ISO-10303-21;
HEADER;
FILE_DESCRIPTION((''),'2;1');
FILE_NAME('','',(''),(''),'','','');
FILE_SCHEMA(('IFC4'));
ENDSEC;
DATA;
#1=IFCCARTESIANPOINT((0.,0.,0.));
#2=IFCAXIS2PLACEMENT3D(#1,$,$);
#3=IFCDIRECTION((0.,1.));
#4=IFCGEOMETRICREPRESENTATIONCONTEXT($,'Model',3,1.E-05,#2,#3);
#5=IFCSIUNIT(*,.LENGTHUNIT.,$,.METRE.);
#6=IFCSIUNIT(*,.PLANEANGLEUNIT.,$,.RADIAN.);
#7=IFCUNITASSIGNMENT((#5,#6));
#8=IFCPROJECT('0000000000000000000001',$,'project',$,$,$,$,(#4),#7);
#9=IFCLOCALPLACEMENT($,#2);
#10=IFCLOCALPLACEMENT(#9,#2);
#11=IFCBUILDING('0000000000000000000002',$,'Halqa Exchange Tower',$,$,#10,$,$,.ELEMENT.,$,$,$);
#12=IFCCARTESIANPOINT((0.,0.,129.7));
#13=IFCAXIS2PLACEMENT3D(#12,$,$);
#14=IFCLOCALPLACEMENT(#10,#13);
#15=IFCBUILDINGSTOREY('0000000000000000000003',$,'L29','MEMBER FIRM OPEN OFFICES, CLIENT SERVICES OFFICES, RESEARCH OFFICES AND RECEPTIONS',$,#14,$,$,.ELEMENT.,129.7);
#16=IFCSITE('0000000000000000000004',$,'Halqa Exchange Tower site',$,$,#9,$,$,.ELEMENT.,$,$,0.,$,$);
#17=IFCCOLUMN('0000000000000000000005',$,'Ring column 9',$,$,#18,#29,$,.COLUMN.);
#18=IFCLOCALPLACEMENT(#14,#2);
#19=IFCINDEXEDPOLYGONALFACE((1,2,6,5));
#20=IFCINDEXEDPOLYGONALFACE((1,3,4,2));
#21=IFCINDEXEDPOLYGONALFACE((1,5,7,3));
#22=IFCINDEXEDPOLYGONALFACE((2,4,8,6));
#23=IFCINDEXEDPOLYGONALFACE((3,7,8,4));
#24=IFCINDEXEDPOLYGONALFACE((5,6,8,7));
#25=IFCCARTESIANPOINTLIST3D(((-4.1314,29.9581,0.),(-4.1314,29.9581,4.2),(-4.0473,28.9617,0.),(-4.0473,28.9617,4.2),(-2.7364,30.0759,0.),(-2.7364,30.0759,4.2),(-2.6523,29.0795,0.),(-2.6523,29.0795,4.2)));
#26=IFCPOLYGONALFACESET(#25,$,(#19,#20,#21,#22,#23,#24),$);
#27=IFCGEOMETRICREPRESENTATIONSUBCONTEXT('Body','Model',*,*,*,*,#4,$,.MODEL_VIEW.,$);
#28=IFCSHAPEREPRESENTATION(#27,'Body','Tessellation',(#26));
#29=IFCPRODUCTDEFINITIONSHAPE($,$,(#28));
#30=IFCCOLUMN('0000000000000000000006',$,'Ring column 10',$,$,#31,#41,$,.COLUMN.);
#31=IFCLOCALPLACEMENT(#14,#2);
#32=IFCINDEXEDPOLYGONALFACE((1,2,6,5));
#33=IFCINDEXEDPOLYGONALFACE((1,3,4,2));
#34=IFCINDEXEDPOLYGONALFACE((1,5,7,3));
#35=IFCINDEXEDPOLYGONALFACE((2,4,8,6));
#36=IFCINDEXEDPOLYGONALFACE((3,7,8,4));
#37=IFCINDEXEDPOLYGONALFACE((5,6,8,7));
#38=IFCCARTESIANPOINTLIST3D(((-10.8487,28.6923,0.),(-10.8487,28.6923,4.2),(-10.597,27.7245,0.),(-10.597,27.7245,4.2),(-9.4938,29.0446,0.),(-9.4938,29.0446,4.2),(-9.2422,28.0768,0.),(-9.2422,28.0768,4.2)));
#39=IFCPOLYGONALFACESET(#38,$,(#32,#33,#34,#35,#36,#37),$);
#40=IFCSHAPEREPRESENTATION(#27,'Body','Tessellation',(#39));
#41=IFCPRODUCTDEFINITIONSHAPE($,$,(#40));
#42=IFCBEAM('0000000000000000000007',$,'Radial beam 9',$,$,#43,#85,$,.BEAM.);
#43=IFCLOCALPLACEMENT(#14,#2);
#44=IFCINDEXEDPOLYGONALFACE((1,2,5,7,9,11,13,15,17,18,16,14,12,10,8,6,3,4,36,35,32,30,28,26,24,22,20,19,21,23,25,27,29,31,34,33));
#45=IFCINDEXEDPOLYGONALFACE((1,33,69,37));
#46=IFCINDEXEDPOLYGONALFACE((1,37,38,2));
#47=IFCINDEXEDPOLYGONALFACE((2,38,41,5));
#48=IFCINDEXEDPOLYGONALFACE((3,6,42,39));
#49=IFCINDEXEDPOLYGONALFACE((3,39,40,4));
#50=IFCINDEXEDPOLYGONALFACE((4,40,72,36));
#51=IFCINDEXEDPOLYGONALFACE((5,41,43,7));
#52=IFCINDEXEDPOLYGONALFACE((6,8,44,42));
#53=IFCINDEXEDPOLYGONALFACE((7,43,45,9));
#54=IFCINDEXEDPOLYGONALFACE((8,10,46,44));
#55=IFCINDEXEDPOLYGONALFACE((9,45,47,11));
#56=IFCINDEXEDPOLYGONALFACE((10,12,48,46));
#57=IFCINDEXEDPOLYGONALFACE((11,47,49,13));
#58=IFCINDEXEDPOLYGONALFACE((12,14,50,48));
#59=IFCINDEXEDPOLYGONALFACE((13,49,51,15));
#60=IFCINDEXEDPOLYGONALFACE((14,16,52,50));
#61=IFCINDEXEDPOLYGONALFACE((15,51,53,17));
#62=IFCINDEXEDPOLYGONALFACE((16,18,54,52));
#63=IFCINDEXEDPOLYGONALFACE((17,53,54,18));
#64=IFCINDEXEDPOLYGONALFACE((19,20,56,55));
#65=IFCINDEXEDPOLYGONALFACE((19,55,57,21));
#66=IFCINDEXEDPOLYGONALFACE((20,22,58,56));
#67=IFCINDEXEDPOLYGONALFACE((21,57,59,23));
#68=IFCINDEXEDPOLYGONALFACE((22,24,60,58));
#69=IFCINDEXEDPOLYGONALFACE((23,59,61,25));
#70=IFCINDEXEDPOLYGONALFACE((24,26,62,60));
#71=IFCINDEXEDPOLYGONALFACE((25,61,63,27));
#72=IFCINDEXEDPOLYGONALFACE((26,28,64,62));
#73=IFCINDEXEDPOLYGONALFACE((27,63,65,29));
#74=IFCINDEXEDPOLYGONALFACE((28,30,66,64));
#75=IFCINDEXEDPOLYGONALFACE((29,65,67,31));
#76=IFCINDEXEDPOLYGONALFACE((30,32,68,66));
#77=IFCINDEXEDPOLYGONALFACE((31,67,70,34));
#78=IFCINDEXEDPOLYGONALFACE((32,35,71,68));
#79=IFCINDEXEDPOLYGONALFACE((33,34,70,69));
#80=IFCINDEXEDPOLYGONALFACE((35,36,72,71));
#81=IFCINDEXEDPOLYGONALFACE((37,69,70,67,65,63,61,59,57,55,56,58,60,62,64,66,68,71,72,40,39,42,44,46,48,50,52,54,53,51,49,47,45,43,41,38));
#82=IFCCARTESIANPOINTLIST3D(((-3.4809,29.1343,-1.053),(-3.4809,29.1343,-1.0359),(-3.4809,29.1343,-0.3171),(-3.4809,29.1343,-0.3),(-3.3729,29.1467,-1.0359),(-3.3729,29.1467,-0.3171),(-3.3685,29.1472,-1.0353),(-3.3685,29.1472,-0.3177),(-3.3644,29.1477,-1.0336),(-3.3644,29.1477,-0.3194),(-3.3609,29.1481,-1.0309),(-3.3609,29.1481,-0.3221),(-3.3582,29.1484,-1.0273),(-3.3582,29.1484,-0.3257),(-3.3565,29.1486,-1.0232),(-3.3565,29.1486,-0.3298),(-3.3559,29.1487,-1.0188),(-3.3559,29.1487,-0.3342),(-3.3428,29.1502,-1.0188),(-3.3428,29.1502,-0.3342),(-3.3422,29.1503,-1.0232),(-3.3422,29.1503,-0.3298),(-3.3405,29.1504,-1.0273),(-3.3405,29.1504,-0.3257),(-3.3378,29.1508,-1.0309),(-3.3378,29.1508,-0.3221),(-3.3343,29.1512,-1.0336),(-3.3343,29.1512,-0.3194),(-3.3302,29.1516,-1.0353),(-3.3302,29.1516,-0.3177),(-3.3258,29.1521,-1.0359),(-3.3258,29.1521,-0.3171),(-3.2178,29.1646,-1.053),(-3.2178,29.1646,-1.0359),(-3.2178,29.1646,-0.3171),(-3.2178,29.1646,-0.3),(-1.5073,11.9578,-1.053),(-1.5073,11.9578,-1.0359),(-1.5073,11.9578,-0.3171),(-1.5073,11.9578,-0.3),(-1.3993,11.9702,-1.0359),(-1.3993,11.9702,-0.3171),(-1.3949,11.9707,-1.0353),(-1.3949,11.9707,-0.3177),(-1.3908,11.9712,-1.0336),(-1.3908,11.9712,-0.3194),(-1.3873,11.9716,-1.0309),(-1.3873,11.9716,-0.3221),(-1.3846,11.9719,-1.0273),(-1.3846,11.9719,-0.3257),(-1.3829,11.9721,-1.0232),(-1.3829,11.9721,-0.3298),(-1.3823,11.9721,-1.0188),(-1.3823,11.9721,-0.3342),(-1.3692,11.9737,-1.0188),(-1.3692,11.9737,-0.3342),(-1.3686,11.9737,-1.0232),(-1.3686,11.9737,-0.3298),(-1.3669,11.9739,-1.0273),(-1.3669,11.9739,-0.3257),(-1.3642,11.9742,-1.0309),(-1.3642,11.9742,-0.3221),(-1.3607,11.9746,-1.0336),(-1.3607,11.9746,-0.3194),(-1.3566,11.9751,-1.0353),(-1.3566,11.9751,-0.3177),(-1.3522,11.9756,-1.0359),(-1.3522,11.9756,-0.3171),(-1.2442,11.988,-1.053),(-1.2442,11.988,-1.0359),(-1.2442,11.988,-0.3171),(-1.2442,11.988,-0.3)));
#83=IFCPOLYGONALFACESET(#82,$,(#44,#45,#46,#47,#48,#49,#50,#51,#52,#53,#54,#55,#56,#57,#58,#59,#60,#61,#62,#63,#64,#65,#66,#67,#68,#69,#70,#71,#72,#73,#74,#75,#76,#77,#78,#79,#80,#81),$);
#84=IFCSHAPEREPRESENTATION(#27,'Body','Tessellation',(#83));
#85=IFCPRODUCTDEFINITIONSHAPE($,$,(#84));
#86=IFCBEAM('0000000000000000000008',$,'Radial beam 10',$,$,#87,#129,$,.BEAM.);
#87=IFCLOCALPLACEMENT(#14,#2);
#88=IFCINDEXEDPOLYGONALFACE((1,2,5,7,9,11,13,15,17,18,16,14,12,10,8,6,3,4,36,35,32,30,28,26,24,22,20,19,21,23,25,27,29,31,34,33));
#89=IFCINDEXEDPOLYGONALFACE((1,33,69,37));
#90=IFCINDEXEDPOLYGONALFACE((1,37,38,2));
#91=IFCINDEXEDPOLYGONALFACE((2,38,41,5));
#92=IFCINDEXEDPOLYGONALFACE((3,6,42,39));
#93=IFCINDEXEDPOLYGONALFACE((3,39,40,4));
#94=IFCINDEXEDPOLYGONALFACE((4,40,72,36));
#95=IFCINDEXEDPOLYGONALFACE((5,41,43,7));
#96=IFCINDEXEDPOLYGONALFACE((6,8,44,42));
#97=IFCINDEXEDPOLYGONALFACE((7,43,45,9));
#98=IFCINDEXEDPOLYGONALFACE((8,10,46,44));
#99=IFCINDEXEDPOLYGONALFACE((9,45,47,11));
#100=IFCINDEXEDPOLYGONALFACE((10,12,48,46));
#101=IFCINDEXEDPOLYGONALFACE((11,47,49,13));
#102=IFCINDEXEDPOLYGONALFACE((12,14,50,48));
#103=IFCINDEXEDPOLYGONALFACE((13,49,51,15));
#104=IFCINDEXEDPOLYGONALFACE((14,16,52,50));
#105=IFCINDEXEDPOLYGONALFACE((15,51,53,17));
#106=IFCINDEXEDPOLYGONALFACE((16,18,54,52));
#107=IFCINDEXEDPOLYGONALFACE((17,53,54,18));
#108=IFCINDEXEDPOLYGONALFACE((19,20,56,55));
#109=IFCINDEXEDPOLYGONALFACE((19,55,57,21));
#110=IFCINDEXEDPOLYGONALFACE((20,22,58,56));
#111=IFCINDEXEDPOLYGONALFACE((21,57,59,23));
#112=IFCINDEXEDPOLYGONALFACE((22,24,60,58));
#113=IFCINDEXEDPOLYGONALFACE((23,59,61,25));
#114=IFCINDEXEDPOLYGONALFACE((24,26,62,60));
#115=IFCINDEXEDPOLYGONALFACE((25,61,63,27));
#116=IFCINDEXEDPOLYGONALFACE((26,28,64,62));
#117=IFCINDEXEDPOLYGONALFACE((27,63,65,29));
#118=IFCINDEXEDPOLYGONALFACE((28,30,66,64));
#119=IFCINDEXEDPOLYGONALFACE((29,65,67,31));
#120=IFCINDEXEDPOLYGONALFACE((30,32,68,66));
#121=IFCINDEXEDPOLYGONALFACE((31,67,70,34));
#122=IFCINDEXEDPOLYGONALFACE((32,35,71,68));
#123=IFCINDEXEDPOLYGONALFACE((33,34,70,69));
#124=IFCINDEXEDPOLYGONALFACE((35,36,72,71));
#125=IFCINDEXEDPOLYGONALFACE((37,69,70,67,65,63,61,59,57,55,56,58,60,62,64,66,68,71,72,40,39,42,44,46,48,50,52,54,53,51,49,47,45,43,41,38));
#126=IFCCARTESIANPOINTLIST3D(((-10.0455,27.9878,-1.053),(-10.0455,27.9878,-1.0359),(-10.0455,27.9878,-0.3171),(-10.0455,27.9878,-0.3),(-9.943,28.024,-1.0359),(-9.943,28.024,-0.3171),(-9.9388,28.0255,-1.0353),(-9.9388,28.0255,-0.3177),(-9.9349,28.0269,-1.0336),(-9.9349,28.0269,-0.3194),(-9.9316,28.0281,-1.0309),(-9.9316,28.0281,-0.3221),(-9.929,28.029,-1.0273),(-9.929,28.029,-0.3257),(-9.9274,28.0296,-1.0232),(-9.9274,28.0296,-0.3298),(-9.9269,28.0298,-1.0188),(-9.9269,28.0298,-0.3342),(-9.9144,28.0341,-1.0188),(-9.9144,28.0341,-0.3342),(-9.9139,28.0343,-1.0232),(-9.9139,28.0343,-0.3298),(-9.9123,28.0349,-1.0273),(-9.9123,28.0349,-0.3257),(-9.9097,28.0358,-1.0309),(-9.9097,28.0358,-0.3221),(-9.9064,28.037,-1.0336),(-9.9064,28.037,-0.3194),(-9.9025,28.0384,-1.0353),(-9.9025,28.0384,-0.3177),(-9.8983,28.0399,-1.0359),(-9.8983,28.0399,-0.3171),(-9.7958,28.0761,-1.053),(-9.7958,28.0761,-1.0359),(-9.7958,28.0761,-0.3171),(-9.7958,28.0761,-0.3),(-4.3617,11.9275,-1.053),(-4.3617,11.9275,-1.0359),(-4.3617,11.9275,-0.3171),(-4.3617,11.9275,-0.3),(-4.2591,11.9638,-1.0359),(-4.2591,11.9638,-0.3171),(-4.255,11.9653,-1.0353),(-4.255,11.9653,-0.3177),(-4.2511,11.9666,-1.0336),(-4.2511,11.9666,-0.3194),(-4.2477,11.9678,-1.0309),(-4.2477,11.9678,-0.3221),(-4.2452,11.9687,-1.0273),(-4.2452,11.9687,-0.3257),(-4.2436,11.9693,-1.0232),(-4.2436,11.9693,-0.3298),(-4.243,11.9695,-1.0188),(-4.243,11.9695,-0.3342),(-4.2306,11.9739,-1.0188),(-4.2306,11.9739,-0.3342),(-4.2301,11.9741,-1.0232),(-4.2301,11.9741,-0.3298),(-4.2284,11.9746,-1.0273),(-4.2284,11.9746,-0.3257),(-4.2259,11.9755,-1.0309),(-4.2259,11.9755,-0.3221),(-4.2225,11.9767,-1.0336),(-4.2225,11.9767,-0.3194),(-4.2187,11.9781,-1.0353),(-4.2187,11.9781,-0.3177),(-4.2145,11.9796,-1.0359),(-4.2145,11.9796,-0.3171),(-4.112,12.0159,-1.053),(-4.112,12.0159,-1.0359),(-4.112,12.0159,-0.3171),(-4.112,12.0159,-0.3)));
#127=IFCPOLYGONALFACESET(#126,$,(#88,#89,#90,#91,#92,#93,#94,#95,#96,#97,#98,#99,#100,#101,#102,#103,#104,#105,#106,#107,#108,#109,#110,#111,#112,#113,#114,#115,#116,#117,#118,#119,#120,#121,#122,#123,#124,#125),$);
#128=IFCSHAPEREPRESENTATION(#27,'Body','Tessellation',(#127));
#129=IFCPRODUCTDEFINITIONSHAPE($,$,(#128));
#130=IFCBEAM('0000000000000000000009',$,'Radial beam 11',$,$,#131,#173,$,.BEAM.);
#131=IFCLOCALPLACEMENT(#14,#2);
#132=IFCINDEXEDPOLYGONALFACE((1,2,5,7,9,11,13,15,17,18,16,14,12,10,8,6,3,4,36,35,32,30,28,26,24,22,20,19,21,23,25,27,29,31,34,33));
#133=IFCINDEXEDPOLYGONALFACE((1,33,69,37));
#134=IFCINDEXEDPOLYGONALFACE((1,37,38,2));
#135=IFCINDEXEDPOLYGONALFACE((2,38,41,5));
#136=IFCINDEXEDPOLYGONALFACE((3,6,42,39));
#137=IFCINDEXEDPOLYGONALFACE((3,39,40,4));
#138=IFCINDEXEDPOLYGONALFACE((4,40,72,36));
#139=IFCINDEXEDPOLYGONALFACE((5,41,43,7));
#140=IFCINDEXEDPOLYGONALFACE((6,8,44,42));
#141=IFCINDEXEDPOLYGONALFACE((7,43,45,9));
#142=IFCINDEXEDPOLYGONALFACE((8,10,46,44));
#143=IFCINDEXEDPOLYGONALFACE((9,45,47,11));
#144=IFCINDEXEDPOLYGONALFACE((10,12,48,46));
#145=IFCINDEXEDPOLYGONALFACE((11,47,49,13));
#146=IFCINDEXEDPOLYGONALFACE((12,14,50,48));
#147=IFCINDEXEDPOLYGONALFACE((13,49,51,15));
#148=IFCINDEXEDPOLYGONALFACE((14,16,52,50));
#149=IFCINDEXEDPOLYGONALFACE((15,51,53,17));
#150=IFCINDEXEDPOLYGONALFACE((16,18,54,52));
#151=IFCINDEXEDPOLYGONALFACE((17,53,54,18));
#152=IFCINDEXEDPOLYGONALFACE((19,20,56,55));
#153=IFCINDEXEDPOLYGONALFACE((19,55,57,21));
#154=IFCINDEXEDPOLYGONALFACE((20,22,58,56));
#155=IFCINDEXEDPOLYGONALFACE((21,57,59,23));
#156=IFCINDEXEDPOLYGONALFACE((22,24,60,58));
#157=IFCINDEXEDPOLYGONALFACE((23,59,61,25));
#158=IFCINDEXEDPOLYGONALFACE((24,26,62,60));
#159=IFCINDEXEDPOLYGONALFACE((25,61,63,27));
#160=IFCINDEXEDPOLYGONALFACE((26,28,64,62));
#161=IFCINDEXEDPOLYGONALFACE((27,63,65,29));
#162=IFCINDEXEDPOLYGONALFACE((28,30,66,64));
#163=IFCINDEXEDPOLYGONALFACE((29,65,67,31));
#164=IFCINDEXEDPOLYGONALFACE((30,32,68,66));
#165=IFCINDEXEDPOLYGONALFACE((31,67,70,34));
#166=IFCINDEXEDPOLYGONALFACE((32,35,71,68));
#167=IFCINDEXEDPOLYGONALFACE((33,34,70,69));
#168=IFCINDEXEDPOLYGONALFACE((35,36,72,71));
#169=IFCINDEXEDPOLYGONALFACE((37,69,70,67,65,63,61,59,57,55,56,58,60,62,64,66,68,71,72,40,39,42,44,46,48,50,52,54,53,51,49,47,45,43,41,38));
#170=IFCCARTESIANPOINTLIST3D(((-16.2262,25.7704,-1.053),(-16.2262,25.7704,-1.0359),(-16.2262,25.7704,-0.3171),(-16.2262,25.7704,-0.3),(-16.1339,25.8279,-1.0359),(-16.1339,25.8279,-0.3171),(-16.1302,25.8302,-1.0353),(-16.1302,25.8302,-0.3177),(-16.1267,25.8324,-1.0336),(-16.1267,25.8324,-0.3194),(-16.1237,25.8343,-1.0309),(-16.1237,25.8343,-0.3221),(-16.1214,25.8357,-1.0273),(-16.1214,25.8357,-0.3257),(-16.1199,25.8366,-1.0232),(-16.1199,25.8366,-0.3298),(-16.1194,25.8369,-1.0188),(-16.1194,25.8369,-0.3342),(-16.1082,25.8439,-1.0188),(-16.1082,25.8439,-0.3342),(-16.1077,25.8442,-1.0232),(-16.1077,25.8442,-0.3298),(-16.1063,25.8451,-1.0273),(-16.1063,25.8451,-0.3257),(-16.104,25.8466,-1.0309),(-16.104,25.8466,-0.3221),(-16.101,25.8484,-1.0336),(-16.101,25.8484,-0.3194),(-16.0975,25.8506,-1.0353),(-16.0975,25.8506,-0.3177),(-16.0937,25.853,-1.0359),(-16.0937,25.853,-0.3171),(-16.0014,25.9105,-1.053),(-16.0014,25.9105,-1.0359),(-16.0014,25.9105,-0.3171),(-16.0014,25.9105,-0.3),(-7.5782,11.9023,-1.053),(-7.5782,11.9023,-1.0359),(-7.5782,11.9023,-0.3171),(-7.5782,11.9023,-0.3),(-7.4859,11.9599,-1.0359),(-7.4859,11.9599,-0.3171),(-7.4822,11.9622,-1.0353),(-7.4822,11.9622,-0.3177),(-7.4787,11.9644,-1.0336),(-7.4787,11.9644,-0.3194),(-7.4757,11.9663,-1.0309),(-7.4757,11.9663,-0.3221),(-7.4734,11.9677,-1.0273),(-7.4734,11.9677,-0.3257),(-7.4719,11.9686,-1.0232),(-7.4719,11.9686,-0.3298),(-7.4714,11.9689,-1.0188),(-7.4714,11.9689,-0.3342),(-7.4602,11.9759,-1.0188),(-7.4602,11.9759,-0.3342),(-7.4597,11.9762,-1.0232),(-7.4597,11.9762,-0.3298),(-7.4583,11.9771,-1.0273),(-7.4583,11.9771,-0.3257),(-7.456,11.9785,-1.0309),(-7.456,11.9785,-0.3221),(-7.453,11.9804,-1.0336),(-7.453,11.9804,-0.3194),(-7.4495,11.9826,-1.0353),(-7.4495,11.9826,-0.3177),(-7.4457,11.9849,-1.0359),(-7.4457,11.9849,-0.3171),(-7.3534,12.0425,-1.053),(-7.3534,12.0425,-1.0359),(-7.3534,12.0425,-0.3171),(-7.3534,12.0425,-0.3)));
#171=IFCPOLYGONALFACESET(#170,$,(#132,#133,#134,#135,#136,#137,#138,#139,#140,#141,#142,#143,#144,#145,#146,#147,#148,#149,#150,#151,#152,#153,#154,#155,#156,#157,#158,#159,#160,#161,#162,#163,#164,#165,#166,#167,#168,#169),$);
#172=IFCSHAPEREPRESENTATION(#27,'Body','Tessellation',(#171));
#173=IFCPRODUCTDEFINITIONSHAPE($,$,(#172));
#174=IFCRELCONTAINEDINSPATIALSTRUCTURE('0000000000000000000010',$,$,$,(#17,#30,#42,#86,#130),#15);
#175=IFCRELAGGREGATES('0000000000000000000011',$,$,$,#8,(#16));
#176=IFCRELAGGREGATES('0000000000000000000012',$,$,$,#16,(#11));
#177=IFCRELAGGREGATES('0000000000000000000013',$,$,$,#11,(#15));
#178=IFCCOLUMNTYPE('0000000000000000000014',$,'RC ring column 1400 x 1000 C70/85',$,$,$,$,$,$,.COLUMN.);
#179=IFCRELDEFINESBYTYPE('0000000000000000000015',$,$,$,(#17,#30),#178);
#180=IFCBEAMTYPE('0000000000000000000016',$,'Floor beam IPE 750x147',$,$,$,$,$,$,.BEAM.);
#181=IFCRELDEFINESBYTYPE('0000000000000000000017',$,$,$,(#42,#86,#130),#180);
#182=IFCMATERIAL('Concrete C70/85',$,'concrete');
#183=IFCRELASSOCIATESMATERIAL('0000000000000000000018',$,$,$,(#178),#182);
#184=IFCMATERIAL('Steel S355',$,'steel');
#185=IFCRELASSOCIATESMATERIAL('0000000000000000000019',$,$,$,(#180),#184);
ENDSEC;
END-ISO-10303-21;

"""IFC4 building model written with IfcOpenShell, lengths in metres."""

from ifc_helpers import new_model, si_unit, direction, frame, origin, origin_2d, place, context, subcontext, project, spatial, rectangle, i_section, extrude, material, material_profile, profile_set, type_object, element, save


model = new_model("IFC4")

# Units and contexts
model_context = context("Model", 3, precision=1e-05, world=origin(), true_north=direction((0.0, 1.0)))
body_context = subcontext(model_context, "Body", "Model", "MODEL_VIEW")
ifc_project = project(units=[si_unit("LENGTHUNIT", "METRE"), si_unit("PLANEANGLEUNIT", "RADIAN")], contexts=[model_context])

# Site, building, storey
site_placement = place(None, origin())
site = spatial("IfcSite", under=ifc_project, at=site_placement, Name="Halqa Exchange Tower site", CompositionType="ELEMENT", RefElevation=0.0)
building_placement = place(site_placement, origin())
building = spatial("IfcBuilding", under=site, at=building_placement, Name="Halqa Exchange Tower", CompositionType="ELEMENT")
storey_placement = place(building_placement, frame((0.0, 0.0, 129.7)))
storey = spatial("IfcBuildingStorey", under=building, at=storey_placement, Name="L29", Description="MEMBER FIRM OPEN OFFICES, CLIENT SERVICES OFFICES, RESEARCH OFFICES AND RECEPTIONS", CompositionType="ELEMENT", Elevation=129.7)

# Columns
ifc_material_1 = material(Name="Concrete C70/85", Category="concrete")
ifc_material_profile_1 = material_profile(ifc_material_1, rectangle(XDim=1.3999, YDim=1.0, at=origin_2d()), Name="1400 x 1000")
ifc_profile_set_1 = profile_set([ifc_material_profile_1], Name="Concrete C70/85")
column_type = type_object("IfcColumnType", Name="RC ring column 1400 x 1000 C70/85", PredefinedType="COLUMN", material=ifc_profile_set_1)
for number, where, z_axis, x_axis, name in (
    (1, (-3.3918, 29.5188, 0.0), (0.0, 0.0, 1.0), (-0.996455, -0.084123, 0.0), "Ring column 9"),
    (2, (-10.0454, 28.3845, 0.0), (0.0, 0.0, 1.0), (-0.96782, -0.251645, 0.0), "Ring column 10"),
):
    element("IfcColumn", number, at=place(storey_placement, frame(where, z_axis=z_axis, x_axis=x_axis)), inside=storey, type_object=column_type, Name=name, PredefinedType="COLUMN", context=body_context, shape_type="SweptSolid", body=[
        extrude(rectangle(XDim=1.3999, YDim=1.0, at=origin_2d()), origin(), (0.0, 0.0, 1.0), 4.2),
    ])

# Beams
ifc_material_2 = material(Name="Steel S355", Category="steel")
ifc_material_profile_2 = material_profile(ifc_material_2, i_section(OverallWidth=0.2649, OverallDepth=0.7529, WebThickness=0.0132, FlangeThickness=0.0171, FilletRadius=0.0171, at=origin_2d()), Name="IPE 750x147")
ifc_profile_set_2 = profile_set([ifc_material_profile_2], Name="Steel S355")
beam_type_1 = type_object("IfcBeamType", Name="Floor beam IPE 750x147", PredefinedType="BEAM", material=ifc_profile_set_2)
beam_1_placement = place(storey_placement, frame((-1.3757, 11.9729, -0.6765), z_axis=(-0.114152, 0.993463, 0.0), x_axis=(-0.993463, -0.114152, 0.0)))
element("IfcBeam", 3, at=beam_1_placement, inside=storey, type_object=beam_type_1, Name="Radial beam 9", PredefinedType="BEAM", context=body_context, shape_type="SweptSolid", body=[
    extrude(i_section(OverallWidth=0.2649, OverallDepth=0.7529, WebThickness=0.0132, FlangeThickness=0.0171, FilletRadius=0.0171, at=origin_2d()), origin(), (0.0, 0.0, 1.0), 17.2896),
])
beam_2_placement = place(storey_placement, frame((-4.2368, 11.9717, -0.6765), z_axis=(-0.333629, 0.942705, 0.0), x_axis=(-0.942705, -0.333629, 0.0)))
element("IfcBeam", 4, at=beam_2_placement, inside=storey, type_object=beam_type_1, Name="Radial beam 10", PredefinedType="BEAM", context=body_context, shape_type="SweptSolid", body=[
    extrude(i_section(OverallWidth=0.2649, OverallDepth=0.7529, WebThickness=0.0132, FlangeThickness=0.0171, FilletRadius=0.0171, at=origin_2d()), origin(), (0.0, 0.0, 1.0), 17.0364),
])
beam_3_placement = place(storey_placement, frame((-7.4658, 11.9724, -0.6765), z_axis=(-0.529141, 0.848534, 0.0), x_axis=(-0.848534, -0.529141, 0.0)))
element("IfcBeam", 5, at=beam_3_placement, inside=storey, type_object=beam_type_1, Name="Radial beam 11", PredefinedType="BEAM", context=body_context, shape_type="SweptSolid", body=[
    extrude(i_section(OverallWidth=0.2649, OverallDepth=0.7529, WebThickness=0.0132, FlangeThickness=0.0171, FilletRadius=0.0171, at=origin_2d()), origin(), (0.0, 0.0, 1.0), 16.3435),
])

save(model, "model.ifc")
